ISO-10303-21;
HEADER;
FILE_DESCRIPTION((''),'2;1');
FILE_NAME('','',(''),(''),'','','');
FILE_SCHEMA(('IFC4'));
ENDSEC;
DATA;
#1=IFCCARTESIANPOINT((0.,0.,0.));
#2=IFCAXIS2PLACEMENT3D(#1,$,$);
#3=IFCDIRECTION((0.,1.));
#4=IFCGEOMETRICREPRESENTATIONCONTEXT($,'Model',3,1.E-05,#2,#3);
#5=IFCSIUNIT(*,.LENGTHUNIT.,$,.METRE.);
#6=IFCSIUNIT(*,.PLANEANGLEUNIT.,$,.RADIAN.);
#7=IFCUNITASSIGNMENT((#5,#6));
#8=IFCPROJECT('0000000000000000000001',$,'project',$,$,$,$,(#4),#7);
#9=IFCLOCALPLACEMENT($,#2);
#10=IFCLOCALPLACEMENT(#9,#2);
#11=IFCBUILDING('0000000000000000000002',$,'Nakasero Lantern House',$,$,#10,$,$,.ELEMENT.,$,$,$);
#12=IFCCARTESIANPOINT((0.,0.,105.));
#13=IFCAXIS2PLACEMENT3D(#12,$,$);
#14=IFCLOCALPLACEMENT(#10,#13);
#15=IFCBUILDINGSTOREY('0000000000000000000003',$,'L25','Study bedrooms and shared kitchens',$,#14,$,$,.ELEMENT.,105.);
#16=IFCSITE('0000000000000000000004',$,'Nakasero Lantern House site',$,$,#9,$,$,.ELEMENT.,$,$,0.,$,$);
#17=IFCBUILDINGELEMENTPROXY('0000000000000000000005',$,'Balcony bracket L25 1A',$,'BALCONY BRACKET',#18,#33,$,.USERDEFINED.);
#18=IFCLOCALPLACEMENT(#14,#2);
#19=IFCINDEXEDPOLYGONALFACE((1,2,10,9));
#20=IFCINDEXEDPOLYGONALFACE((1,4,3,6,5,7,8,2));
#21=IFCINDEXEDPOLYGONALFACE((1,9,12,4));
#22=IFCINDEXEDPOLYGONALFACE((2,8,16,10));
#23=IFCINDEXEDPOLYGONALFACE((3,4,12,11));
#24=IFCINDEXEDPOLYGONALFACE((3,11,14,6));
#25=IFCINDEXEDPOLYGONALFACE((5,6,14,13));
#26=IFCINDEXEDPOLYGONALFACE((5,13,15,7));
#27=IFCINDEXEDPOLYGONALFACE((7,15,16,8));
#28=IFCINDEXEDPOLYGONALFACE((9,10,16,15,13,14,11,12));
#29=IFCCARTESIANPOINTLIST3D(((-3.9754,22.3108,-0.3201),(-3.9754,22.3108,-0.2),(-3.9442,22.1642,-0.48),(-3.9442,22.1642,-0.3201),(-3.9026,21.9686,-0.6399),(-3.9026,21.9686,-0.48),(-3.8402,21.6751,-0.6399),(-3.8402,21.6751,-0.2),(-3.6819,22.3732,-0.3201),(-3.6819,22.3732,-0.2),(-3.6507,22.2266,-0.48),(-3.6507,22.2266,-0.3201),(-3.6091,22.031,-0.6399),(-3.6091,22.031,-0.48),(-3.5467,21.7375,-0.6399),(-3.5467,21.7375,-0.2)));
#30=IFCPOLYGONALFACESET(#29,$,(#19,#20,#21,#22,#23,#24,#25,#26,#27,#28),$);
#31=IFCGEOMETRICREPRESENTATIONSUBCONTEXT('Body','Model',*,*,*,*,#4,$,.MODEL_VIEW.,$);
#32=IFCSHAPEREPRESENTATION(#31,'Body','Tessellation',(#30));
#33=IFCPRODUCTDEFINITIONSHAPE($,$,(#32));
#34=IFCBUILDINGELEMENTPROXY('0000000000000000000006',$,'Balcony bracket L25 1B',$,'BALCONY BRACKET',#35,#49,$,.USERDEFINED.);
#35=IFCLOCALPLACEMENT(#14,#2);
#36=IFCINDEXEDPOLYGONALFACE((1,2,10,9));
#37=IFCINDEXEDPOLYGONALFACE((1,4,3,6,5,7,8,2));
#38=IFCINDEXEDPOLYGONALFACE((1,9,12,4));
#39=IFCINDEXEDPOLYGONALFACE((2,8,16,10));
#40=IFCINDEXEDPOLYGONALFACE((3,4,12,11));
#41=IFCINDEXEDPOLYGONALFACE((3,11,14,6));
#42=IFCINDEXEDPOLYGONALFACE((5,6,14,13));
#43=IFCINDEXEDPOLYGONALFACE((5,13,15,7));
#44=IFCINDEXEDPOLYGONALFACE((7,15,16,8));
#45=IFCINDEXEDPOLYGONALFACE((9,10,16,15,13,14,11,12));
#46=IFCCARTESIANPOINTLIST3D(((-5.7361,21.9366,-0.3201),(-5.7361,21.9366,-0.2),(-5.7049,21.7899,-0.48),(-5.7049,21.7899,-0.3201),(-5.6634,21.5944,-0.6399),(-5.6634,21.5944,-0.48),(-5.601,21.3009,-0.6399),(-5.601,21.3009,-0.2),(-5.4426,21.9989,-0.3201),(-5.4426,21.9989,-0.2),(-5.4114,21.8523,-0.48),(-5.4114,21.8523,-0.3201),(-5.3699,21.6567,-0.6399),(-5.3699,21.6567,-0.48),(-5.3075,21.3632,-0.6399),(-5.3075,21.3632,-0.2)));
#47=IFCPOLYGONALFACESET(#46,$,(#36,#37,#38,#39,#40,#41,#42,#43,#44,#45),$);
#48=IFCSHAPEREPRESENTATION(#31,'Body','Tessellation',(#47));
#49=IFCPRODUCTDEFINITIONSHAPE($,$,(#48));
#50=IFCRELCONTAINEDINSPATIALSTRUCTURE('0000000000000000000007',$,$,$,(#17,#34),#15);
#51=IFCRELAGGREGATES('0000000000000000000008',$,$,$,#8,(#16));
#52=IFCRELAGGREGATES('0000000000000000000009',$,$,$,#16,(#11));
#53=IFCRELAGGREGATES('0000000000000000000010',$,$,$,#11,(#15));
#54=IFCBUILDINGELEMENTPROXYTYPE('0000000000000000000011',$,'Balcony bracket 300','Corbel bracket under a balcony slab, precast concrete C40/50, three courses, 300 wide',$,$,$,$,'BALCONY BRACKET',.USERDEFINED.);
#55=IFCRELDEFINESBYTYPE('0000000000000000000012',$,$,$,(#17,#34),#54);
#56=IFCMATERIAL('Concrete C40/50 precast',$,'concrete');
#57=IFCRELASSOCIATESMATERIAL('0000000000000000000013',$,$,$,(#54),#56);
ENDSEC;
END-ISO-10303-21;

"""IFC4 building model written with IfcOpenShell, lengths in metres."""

from ifc_helpers import new_model, si_unit, direction, frame, origin, place, context, subcontext, project, spatial, polyline, outline, extrude, material, type_object, element, save


model = new_model("IFC4")

# Units and contexts
model_context = context("Model", 3, precision=1e-05, world=origin(), true_north=direction((0.0, 1.0)))
body_context = subcontext(model_context, "Body", "Model", "MODEL_VIEW")
ifc_project = project(units=[si_unit("LENGTHUNIT", "METRE"), si_unit("PLANEANGLEUNIT", "RADIAN")], contexts=[model_context])

# Site, building, storey
site_placement = place(None, origin())
site = spatial("IfcSite", under=ifc_project, at=site_placement, Name="Nakasero Lantern House site", CompositionType="ELEMENT", RefElevation=0.0)
building_placement = place(site_placement, origin())
building = spatial("IfcBuilding", under=site, at=building_placement, Name="Nakasero Lantern House", CompositionType="ELEMENT")
storey_placement = place(building_placement, frame((0.0, 0.0, 105.0)))
storey = spatial("IfcBuildingStorey", under=building, at=storey_placement, Name="L25", Description="Study bedrooms and shared kitchens", CompositionType="ELEMENT", Elevation=105.0)

# Building element proxies
ifc_material_1 = material(Name="Concrete C40/50 precast", Category="concrete")
building_element_proxy_type = type_object("IfcBuildingElementProxyType", Name="Balcony bracket 300", Description="Corbel bracket under a balcony slab, precast concrete C40/50, three courses, 300 wide", ElementType="BALCONY BRACKET", PredefinedType="USERDEFINED", material=ifc_material_1)
for number, where, z_axis, x_axis, name in (
    (1, (-3.6936, 21.7063, -0.2), (0.0, 0.0, 1.0), (-0.207912, 0.978148, 0.0), "Balcony bracket L25 1A"),
    (2, (-5.4543, 21.332, -0.2), (0.0, 0.0, 1.0), (-0.207912, 0.978148, 0.0), "Balcony bracket L25 1B"),
):
    element("IfcBuildingElementProxy", number, at=place(storey_placement, frame(where, z_axis=z_axis, x_axis=x_axis)), inside=storey, type_object=building_element_proxy_type, Name=name, ObjectType="BALCONY BRACKET", PredefinedType="USERDEFINED", context=body_context, shape_type="SweptSolid", body=[
        extrude(outline(polyline([(0.0, 0.0), (0.6499, 0.0), (0.6499, -0.1201), (0.5, -0.1201), (0.5, -0.28), (0.3, -0.28), (0.3, -0.4399), (0.0, -0.4399), (0.0, 0.0)])), frame((0.0, 0.1499, 0.0), z_axis=(0.0, -1.0, 0.0), x_axis=(1.0, 0.0, 0.0)), (0.0, 0.0, 1.0), 0.3),
    ])

save(model, "model.ifc")
